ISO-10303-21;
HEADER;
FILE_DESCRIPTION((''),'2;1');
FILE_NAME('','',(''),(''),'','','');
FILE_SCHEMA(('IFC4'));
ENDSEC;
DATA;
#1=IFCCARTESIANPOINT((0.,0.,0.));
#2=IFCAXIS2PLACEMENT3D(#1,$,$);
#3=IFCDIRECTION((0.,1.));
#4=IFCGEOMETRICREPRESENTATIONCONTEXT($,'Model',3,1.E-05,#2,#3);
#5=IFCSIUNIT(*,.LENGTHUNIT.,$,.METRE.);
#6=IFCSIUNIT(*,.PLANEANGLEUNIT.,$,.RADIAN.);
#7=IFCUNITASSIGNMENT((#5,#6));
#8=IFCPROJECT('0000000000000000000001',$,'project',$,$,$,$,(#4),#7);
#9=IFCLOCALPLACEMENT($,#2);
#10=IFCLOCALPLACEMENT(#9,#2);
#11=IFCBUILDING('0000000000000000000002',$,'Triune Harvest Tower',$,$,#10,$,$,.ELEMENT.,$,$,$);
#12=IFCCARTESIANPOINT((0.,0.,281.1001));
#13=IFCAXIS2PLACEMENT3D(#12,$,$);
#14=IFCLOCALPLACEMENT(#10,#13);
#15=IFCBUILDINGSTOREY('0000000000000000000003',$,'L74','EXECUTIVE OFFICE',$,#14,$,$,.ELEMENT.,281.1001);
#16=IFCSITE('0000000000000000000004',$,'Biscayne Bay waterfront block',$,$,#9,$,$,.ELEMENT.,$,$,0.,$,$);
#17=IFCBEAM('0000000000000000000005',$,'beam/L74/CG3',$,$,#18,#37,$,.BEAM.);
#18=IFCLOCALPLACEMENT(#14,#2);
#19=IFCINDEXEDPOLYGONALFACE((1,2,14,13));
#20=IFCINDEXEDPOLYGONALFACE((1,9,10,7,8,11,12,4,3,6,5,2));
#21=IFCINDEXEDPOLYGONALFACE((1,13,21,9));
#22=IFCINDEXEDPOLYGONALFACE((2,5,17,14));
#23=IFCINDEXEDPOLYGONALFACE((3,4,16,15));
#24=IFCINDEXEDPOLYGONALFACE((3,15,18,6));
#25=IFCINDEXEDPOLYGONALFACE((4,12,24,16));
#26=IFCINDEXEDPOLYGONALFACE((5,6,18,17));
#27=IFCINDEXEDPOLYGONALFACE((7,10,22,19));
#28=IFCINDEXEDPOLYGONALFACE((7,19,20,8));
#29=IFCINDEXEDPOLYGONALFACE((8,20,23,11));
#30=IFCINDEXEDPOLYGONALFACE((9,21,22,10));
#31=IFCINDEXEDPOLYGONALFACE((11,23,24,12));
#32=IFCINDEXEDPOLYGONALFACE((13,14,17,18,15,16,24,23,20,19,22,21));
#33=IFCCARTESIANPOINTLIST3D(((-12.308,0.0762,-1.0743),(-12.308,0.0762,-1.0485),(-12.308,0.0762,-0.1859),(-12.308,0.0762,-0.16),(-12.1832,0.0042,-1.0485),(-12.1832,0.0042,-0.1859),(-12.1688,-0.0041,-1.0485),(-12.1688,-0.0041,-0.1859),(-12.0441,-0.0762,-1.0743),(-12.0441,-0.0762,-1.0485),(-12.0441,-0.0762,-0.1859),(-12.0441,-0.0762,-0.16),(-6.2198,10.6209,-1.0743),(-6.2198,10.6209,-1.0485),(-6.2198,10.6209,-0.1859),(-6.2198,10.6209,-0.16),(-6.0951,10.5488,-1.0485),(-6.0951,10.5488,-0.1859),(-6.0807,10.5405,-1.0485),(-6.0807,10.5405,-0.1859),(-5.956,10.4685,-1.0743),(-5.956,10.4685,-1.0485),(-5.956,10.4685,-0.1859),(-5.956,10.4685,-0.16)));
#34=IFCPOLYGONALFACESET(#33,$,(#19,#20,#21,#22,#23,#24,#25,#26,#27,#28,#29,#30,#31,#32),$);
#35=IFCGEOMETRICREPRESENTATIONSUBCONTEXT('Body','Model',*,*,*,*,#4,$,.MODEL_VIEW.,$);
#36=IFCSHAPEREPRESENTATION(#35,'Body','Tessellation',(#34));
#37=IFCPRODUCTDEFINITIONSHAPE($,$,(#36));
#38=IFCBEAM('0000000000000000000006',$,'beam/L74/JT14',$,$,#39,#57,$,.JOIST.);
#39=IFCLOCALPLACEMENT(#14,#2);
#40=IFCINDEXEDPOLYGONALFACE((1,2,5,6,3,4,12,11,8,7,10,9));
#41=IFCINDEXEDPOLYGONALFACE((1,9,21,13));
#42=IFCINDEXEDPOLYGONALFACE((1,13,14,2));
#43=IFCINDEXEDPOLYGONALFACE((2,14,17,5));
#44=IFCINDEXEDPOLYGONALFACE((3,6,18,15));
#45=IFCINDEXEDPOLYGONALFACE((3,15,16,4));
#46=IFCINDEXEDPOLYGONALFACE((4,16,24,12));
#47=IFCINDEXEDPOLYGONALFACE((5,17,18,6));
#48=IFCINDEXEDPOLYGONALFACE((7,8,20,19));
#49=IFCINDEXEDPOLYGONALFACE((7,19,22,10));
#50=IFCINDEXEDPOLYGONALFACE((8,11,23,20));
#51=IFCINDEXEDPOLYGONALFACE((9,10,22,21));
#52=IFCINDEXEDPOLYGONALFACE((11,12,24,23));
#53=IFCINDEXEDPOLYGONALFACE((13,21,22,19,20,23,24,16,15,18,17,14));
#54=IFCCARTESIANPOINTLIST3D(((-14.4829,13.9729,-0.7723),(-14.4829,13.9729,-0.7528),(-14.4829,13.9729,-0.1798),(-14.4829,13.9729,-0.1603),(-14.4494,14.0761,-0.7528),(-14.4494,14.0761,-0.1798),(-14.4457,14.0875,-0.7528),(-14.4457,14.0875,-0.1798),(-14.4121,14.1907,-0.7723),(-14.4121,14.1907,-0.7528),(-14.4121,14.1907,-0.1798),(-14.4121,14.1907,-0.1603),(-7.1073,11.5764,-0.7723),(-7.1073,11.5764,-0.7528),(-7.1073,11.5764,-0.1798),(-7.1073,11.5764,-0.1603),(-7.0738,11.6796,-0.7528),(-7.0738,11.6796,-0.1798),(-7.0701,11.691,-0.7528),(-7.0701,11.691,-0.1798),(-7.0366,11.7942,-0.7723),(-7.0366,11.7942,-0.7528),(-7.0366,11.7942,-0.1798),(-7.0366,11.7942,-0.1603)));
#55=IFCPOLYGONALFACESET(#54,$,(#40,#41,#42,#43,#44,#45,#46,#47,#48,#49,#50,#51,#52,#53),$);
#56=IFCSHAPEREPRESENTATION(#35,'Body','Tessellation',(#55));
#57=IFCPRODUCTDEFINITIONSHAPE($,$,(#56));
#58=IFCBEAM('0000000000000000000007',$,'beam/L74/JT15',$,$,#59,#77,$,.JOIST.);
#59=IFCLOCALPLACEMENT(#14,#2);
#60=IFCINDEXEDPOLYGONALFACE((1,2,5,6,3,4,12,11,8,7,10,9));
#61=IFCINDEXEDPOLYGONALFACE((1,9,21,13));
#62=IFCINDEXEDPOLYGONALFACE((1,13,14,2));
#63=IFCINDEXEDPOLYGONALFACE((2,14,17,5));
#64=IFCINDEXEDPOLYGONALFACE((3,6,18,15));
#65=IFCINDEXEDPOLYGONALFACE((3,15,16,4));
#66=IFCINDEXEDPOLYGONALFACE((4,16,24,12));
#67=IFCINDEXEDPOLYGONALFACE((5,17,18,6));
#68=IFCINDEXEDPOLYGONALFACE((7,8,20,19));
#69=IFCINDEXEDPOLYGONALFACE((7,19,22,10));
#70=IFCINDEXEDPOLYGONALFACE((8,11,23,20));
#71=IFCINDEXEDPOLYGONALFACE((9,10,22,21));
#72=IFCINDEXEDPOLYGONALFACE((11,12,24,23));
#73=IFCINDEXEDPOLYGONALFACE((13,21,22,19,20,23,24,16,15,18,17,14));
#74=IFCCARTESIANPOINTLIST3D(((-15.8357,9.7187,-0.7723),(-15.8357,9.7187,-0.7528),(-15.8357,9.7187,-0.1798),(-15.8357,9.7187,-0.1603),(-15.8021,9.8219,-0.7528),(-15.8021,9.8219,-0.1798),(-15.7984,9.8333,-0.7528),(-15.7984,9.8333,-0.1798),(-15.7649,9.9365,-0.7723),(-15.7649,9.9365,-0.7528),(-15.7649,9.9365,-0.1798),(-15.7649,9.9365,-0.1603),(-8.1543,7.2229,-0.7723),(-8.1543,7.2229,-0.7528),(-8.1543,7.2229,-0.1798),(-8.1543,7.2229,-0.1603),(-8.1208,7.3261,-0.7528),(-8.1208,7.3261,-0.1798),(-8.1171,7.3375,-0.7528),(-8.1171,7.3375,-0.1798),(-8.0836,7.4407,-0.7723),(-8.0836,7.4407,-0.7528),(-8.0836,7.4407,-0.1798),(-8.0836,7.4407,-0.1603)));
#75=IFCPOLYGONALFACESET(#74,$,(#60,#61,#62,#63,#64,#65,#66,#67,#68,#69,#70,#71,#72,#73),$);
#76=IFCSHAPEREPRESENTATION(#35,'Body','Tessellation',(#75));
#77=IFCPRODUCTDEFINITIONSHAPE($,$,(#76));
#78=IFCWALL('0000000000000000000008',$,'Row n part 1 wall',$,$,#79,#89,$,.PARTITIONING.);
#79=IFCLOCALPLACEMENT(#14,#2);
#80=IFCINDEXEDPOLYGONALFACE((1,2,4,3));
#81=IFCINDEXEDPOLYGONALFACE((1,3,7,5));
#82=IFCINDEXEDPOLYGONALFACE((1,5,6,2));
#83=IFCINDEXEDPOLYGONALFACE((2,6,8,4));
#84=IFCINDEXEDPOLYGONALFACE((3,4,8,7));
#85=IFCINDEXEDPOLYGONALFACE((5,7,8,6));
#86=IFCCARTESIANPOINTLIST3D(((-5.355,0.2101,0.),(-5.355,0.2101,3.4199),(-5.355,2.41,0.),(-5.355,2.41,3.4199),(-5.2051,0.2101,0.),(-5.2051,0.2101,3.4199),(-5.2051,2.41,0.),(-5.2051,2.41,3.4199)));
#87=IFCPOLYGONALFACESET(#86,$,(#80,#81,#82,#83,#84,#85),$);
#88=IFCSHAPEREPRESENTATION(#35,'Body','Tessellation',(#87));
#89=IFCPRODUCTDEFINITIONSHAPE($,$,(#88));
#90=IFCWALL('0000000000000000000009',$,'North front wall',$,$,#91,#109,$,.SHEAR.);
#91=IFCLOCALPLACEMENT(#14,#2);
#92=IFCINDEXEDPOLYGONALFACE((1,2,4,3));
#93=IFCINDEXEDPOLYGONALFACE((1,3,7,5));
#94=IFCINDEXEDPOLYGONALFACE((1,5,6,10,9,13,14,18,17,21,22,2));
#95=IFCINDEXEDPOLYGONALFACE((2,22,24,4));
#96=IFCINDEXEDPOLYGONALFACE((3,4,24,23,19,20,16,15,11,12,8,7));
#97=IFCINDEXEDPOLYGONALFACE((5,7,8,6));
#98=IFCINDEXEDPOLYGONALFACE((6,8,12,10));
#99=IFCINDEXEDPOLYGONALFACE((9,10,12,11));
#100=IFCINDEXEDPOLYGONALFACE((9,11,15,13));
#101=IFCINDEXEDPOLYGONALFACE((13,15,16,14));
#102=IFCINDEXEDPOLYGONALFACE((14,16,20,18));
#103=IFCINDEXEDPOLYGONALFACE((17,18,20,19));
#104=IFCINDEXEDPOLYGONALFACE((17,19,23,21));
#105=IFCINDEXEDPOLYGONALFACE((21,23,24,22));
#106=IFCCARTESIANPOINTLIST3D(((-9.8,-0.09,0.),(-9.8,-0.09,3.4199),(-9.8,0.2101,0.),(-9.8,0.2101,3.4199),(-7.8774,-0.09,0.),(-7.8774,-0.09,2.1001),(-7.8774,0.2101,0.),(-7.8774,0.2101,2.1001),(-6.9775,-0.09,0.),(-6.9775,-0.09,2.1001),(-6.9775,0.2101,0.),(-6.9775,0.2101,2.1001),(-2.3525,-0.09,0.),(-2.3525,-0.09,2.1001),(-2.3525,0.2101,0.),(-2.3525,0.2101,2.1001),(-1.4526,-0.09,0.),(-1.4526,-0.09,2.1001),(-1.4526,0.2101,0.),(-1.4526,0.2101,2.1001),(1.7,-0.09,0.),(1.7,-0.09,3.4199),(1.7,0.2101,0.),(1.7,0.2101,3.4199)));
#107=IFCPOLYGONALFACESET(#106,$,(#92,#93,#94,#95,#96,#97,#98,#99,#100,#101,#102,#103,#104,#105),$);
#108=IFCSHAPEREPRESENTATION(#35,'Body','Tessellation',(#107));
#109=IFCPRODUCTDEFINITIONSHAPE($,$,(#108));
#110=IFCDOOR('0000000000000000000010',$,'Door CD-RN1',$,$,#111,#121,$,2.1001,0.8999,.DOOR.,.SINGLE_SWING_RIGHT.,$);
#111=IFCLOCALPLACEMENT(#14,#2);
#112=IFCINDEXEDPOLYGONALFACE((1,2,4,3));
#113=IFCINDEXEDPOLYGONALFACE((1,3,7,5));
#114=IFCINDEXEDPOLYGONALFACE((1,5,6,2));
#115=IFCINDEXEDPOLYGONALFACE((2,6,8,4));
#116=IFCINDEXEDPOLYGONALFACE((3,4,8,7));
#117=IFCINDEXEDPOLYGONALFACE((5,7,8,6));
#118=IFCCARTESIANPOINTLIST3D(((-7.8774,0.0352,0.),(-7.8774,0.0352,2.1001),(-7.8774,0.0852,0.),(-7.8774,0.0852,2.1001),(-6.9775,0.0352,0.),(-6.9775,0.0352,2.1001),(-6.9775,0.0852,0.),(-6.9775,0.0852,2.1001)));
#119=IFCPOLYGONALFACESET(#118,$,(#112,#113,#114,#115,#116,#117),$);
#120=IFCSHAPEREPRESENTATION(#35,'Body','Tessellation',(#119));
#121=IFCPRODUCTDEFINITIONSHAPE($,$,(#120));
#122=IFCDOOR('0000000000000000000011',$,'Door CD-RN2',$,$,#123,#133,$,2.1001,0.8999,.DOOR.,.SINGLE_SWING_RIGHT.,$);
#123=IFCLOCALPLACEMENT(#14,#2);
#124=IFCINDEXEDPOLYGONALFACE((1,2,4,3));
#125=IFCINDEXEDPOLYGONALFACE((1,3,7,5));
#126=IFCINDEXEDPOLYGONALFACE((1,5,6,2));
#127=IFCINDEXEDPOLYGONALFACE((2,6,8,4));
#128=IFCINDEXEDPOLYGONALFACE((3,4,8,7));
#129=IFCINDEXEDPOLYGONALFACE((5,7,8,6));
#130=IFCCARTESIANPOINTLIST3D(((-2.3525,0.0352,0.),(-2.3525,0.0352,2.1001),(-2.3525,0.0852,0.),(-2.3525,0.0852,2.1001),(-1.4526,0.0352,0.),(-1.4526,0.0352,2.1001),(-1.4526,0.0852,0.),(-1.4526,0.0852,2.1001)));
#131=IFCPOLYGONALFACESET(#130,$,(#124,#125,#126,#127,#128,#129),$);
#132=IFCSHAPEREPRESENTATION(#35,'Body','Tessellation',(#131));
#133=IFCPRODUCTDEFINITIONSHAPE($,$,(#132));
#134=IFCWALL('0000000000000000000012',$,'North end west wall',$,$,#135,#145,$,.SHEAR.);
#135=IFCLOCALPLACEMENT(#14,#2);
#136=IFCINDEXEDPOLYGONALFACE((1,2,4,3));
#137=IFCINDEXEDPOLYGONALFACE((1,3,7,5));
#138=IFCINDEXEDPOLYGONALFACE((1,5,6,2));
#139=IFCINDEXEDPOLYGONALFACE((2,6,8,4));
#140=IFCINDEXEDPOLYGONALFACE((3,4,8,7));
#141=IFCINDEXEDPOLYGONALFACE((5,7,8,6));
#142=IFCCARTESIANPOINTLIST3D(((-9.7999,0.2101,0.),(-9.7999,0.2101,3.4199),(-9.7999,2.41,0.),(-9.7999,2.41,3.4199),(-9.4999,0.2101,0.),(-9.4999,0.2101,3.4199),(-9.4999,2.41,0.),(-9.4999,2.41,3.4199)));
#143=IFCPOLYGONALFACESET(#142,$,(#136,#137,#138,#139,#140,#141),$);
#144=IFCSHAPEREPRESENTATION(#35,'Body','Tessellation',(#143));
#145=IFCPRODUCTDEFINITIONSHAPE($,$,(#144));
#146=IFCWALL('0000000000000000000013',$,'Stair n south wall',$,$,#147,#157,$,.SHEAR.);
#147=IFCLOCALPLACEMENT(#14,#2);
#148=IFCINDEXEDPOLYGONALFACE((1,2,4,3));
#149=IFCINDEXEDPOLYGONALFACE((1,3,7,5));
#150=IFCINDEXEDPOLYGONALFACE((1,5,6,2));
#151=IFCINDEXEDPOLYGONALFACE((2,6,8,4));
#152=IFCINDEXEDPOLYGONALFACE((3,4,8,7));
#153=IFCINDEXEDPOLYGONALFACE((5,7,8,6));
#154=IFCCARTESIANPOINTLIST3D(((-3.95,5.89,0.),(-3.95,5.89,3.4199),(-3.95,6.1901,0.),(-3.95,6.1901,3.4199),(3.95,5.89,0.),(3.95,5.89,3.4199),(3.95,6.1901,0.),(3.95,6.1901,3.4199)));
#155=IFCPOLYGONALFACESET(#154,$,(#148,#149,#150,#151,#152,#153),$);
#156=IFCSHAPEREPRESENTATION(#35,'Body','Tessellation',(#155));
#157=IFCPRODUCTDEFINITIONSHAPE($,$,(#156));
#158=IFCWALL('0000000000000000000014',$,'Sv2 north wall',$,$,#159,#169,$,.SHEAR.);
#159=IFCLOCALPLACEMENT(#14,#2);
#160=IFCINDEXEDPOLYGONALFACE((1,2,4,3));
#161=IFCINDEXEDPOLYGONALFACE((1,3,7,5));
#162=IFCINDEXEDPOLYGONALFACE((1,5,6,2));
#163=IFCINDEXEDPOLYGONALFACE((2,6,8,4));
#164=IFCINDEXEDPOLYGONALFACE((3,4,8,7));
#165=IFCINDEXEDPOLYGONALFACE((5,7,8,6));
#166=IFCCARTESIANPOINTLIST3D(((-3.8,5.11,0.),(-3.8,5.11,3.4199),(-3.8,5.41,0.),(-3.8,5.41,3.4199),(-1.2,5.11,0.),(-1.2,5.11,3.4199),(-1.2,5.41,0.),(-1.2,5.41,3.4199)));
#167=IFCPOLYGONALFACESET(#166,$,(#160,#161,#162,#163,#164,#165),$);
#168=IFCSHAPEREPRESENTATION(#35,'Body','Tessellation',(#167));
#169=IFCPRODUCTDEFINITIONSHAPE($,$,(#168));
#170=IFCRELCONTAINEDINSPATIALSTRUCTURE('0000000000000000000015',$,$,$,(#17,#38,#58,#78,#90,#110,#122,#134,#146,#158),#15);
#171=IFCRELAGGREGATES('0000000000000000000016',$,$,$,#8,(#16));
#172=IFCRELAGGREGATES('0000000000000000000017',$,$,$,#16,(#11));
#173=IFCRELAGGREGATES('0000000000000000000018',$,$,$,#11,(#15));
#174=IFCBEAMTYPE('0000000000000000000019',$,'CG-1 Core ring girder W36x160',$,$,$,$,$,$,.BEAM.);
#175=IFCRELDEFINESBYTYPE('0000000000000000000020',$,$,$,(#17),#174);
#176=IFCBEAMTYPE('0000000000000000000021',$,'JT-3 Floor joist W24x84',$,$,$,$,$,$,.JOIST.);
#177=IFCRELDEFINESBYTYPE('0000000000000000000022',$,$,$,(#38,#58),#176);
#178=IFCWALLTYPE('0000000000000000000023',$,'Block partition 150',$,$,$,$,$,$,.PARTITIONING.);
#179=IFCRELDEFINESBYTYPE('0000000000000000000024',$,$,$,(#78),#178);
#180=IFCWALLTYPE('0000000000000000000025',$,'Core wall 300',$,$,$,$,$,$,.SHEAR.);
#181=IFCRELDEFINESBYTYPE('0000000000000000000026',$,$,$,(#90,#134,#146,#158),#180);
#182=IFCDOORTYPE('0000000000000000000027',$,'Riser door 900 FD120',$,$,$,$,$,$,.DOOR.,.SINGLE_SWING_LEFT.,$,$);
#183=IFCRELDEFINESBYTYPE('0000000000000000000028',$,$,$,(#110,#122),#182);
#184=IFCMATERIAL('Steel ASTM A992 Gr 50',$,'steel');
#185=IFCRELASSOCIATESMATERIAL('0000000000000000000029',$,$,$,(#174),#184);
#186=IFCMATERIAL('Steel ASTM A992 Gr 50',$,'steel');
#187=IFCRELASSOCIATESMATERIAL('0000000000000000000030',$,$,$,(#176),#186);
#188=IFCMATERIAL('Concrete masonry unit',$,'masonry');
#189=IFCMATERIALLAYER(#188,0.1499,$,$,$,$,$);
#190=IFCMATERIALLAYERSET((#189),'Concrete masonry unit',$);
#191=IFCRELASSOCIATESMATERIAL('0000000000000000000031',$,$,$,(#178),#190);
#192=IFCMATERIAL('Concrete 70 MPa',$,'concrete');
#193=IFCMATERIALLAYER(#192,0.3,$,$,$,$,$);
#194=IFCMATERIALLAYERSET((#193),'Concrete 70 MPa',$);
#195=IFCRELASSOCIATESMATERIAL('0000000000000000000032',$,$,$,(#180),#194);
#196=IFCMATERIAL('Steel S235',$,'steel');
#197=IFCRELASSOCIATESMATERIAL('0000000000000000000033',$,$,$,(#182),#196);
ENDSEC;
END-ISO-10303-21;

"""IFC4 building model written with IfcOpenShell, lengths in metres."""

from ifc_helpers import new_model, si_unit, direction, frame, frame_2d, origin, origin_2d, place, context, subcontext, project, spatial, rectangle, i_section, extrude, source, transform, mapped, material, layer, layer_set, material_profile, profile_set, type_object, element, fill, save


model = new_model("IFC4")

# Units and contexts
model_context = context("Model", 3, precision=1e-05, world=origin(), true_north=direction((0.0, 1.0)))
body_context = subcontext(model_context, "Body", "Model", "MODEL_VIEW")
ifc_project = project(units=[si_unit("LENGTHUNIT", "METRE"), si_unit("PLANEANGLEUNIT", "RADIAN")], contexts=[model_context])

# Site, building, storey
site_placement = place(None, origin())
site = spatial("IfcSite", under=ifc_project, at=site_placement, Name="Biscayne Bay waterfront block", CompositionType="ELEMENT", RefElevation=0.0)
building_placement = place(site_placement, origin())
building = spatial("IfcBuilding", under=site, at=building_placement, Name="Triune Harvest Tower", CompositionType="ELEMENT")
storey_placement = place(building_placement, frame((0.0, 0.0, 281.1001)))
storey = spatial("IfcBuildingStorey", under=building, at=storey_placement, Name="L74", Description="EXECUTIVE OFFICE", CompositionType="ELEMENT", Elevation=281.1001)

# Beams
ifc_material_1 = material(Name="Steel ASTM A992 Gr 50", Category="steel")
ifc_material_profile_1 = material_profile(ifc_material_1, i_section(OverallWidth=0.3047, OverallDepth=0.9143, WebThickness=0.0166, FlangeThickness=0.0259, at=origin_2d()), Name="W36x160")
ifc_profile_set_1 = profile_set([ifc_material_profile_1], Name="Steel ASTM A992 Gr 50")
beam_type_1 = type_object("IfcBeamType", Name="CG-1 Core ring girder W36x160", PredefinedType="BEAM", material=ifc_profile_set_1)
shared_shape_1 = source(origin(), body_context, "Body", "SweptSolid", [
    extrude(i_section(OverallWidth=0.3047, OverallDepth=0.9143, WebThickness=0.0166, FlangeThickness=0.0259, at=origin_2d()), origin(), (0.0, 0.0, 1.0), 12.176),
])
beam_1_placement = place(storey_placement, frame((-6.0879, 10.5447, -0.6172), z_axis=(-0.50001, -0.86602, 0.0), x_axis=(0.86602, -0.50001, 0.0)))
element("IfcBeam", 1, at=beam_1_placement, inside=storey, type_object=beam_type_1, Name="beam/L74/CG3", PredefinedType="BEAM", context=body_context, shape_type="MappedRepresentation", body=[
    mapped(shared_shape_1, transform((0.0, 0.0, 0.0), scale=1.0)),
])
ifc_material_2 = material(Name="Steel ASTM A992 Gr 50", Category="steel")
ifc_material_profile_2 = material_profile(ifc_material_2, i_section(OverallWidth=0.229, OverallDepth=0.6121, WebThickness=0.012, FlangeThickness=0.0195, at=origin_2d()), Name="W24x84")
ifc_profile_set_2 = profile_set([ifc_material_profile_2], Name="Steel ASTM A992 Gr 50")
beam_type_2 = type_object("IfcBeamType", Name="JT-3 Floor joist W24x84", PredefinedType="JOIST", material=ifc_profile_set_2)
shared_shape_2 = source(origin(), body_context, "Body", "SweptSolid", [
    extrude(i_section(OverallWidth=0.229, OverallDepth=0.6121, WebThickness=0.012, FlangeThickness=0.0195, at=origin_2d()), origin(), (0.0, 0.0, 1.0), 7.7551),
])
beam_2_placement = place(storey_placement, frame((-14.4475, 14.0818, -0.4663), z_axis=(0.951055, -0.309022, 0.0), x_axis=(0.309022, 0.951055, 0.0)))
element("IfcBeam", 2, at=beam_2_placement, inside=storey, type_object=beam_type_2, Name="beam/L74/JT14", PredefinedType="JOIST", context=body_context, shape_type="MappedRepresentation", body=[
    mapped(shared_shape_2, transform((0.0, 0.0, 0.0), scale=1.0)),
])
shared_shape_3 = source(origin(), body_context, "Body", "SweptSolid", [
    extrude(i_section(OverallWidth=0.229, OverallDepth=0.6121, WebThickness=0.012, FlangeThickness=0.0195, at=origin_2d()), origin(), (0.0, 0.0, 1.0), 8.0767),
])
beam_3_placement = place(storey_placement, frame((-15.8003, 9.8276, -0.4663), z_axis=(0.951056, -0.309018, 0.0), x_axis=(0.309018, 0.951056, 0.0)))
element("IfcBeam", 3, at=beam_3_placement, inside=storey, type_object=beam_type_2, Name="beam/L74/JT15", PredefinedType="JOIST", context=body_context, shape_type="MappedRepresentation", body=[
    mapped(shared_shape_3, transform((0.0, 0.0, 0.0), scale=1.0)),
])

# Wall
ifc_material_3 = material(Name="Concrete masonry unit", Category="masonry")
ifc_layer_1 = layer(ifc_material_3, 0.1499)
ifc_layer_set_1 = layer_set([ifc_layer_1], Name="Concrete masonry unit")
wall_type_1 = type_object("IfcWallType", Name="Block partition 150", PredefinedType="PARTITIONING", material=ifc_layer_set_1)
wall_1_placement = place(storey_placement, frame((-5.28, 0.21, 0.0), z_axis=(0.0, 0.0, 1.0), x_axis=(0.0, 1.0, 0.0)))
element("IfcWall", 4, at=wall_1_placement, inside=storey, type_object=wall_type_1, Name="Row n part 1 wall", PredefinedType="PARTITIONING", context=body_context, shape_type="SweptSolid", body=[
    extrude(rectangle(XDim=2.2, YDim=0.1499, at=frame_2d((1.1001, 0.0))), origin(), (0.0, 0.0, 1.0), 3.4199),
])

# Wall, openings, doors
ifc_material_4 = material(Name="Concrete 70 MPa", Category="concrete")
ifc_layer_2 = layer(ifc_material_4, 0.3)
ifc_layer_set_2 = layer_set([ifc_layer_2], Name="Concrete 70 MPa")
wall_type_2 = type_object("IfcWallType", Name="Core wall 300", PredefinedType="SHEAR", material=ifc_layer_set_2)
wall_2_placement = place(storey_placement, frame((-9.8, 0.0601, 0.0), z_axis=(0.0, 0.0, 1.0), x_axis=(1.0, 0.0, 0.0)))
wall_2 = element("IfcWall", 5, at=wall_2_placement, inside=storey, type_object=wall_type_2, Name="North front wall", PredefinedType="SHEAR", context=body_context, shape_type="SweptSolid", body=[
    extrude(rectangle(XDim=11.5, YDim=0.3, at=frame_2d((5.75, 0.0))), origin(), (0.0, 0.0, 1.0), 3.4199),
])
opening_1_placement = place(wall_2_placement, frame((1.9226, 0.0, 0.0)))
opening_1 = element("IfcOpeningElement", 6, at=opening_1_placement, cuts=wall_2, PredefinedType="OPENING", context=body_context, shape_type="SweptSolid", body=[
    extrude(rectangle(XDim=0.8999, YDim=2.1001, at=frame_2d((0.45, 1.05))), frame((0.0, 0.1602, 0.0), z_axis=(0.0, -1.0, 0.0), x_axis=(1.0, 0.0, 0.0)), (0.0, 0.0, 1.0), 0.3201),
])
opening_2_placement = place(wall_2_placement, frame((7.4475, 0.0, 0.0)))
opening_2 = element("IfcOpeningElement", 7, at=opening_2_placement, cuts=wall_2, PredefinedType="OPENING", context=body_context, shape_type="SweptSolid", body=[
    extrude(rectangle(XDim=0.8999, YDim=2.1001, at=frame_2d((0.45, 1.05))), frame((0.0, 0.1602, 0.0), z_axis=(0.0, -1.0, 0.0), x_axis=(1.0, 0.0, 0.0)), (0.0, 0.0, 1.0), 0.3201),
])
ifc_material_5 = material(Name="Steel S235", Category="steel")
door_type_1 = type_object("IfcDoorType", Name="Riser door 900 FD120", OperationType="SINGLE_SWING_LEFT", PredefinedType="DOOR", material=ifc_material_5)
door_1_placement = place(opening_1_placement, frame((0.8999, 0.0, 0.0), z_axis=(0.0, 0.0, 1.0), x_axis=(-1.0, 0.0, 0.0)))
door_1 = element("IfcDoor", 8, at=door_1_placement, inside=storey, type_object=door_type_1, Name="Door CD-RN1", OperationType="SINGLE_SWING_RIGHT", OverallHeight=2.1001, OverallWidth=0.8999, PredefinedType="DOOR", context=body_context, shape_type="SweptSolid", body=[
    extrude(rectangle(XDim=0.8999, YDim=2.1001, at=frame_2d((0.45, 1.05))), frame((0.0, 0.0249, 0.0), z_axis=(0.0, -1.0, 0.0), x_axis=(1.0, 0.0, 0.0)), (0.0, 0.0, 1.0), 0.05),
])
fill(opening_1, door_1)
door_2_placement = place(opening_2_placement, frame((0.8999, 0.0, 0.0), z_axis=(0.0, 0.0, 1.0), x_axis=(-1.0, 0.0, 0.0)))
door_2 = element("IfcDoor", 9, at=door_2_placement, inside=storey, type_object=door_type_1, Name="Door CD-RN2", OperationType="SINGLE_SWING_RIGHT", OverallHeight=2.1001, OverallWidth=0.8999, PredefinedType="DOOR", context=body_context, shape_type="SweptSolid", body=[
    extrude(rectangle(XDim=0.8999, YDim=2.1001, at=frame_2d((0.45, 1.05))), frame((0.0, 0.0249, 0.0), z_axis=(0.0, -1.0, 0.0), x_axis=(1.0, 0.0, 0.0)), (0.0, 0.0, 1.0), 0.05),
])
fill(opening_2, door_2)

# Walls
wall_3_placement = place(storey_placement, frame((-9.6499, 0.21, 0.0), z_axis=(0.0, 0.0, 1.0), x_axis=(0.0, 1.0, 0.0)))
element("IfcWall", 10, at=wall_3_placement, inside=storey, type_object=wall_type_2, Name="North end west wall", PredefinedType="SHEAR", context=body_context, shape_type="SweptSolid", body=[
    extrude(rectangle(XDim=2.2, YDim=0.3, at=frame_2d((1.1001, 0.0))), origin(), (0.0, 0.0, 1.0), 3.4199),
])
wall_4_placement = place(storey_placement, frame((-3.95, 6.04, 0.0), z_axis=(0.0, 0.0, 1.0), x_axis=(1.0, 0.0, 0.0)))
element("IfcWall", 11, at=wall_4_placement, inside=storey, type_object=wall_type_2, Name="Stair n south wall", PredefinedType="SHEAR", context=body_context, shape_type="SweptSolid", body=[
    extrude(rectangle(XDim=7.8999, YDim=0.3, at=frame_2d((3.95, 0.0))), origin(), (0.0, 0.0, 1.0), 3.4199),
])
wall_5_placement = place(storey_placement, frame((-3.8, 5.26, 0.0), z_axis=(0.0, 0.0, 1.0), x_axis=(1.0, 0.0, 0.0)))
element("IfcWall", 12, at=wall_5_placement, inside=storey, type_object=wall_type_2, Name="Sv2 north wall", PredefinedType="SHEAR", context=body_context, shape_type="SweptSolid", body=[
    extrude(rectangle(XDim=2.6001, YDim=0.3, at=frame_2d((1.3, 0.0))), origin(), (0.0, 0.0, 1.0), 3.4199),
])

save(model, "model.ifc")
